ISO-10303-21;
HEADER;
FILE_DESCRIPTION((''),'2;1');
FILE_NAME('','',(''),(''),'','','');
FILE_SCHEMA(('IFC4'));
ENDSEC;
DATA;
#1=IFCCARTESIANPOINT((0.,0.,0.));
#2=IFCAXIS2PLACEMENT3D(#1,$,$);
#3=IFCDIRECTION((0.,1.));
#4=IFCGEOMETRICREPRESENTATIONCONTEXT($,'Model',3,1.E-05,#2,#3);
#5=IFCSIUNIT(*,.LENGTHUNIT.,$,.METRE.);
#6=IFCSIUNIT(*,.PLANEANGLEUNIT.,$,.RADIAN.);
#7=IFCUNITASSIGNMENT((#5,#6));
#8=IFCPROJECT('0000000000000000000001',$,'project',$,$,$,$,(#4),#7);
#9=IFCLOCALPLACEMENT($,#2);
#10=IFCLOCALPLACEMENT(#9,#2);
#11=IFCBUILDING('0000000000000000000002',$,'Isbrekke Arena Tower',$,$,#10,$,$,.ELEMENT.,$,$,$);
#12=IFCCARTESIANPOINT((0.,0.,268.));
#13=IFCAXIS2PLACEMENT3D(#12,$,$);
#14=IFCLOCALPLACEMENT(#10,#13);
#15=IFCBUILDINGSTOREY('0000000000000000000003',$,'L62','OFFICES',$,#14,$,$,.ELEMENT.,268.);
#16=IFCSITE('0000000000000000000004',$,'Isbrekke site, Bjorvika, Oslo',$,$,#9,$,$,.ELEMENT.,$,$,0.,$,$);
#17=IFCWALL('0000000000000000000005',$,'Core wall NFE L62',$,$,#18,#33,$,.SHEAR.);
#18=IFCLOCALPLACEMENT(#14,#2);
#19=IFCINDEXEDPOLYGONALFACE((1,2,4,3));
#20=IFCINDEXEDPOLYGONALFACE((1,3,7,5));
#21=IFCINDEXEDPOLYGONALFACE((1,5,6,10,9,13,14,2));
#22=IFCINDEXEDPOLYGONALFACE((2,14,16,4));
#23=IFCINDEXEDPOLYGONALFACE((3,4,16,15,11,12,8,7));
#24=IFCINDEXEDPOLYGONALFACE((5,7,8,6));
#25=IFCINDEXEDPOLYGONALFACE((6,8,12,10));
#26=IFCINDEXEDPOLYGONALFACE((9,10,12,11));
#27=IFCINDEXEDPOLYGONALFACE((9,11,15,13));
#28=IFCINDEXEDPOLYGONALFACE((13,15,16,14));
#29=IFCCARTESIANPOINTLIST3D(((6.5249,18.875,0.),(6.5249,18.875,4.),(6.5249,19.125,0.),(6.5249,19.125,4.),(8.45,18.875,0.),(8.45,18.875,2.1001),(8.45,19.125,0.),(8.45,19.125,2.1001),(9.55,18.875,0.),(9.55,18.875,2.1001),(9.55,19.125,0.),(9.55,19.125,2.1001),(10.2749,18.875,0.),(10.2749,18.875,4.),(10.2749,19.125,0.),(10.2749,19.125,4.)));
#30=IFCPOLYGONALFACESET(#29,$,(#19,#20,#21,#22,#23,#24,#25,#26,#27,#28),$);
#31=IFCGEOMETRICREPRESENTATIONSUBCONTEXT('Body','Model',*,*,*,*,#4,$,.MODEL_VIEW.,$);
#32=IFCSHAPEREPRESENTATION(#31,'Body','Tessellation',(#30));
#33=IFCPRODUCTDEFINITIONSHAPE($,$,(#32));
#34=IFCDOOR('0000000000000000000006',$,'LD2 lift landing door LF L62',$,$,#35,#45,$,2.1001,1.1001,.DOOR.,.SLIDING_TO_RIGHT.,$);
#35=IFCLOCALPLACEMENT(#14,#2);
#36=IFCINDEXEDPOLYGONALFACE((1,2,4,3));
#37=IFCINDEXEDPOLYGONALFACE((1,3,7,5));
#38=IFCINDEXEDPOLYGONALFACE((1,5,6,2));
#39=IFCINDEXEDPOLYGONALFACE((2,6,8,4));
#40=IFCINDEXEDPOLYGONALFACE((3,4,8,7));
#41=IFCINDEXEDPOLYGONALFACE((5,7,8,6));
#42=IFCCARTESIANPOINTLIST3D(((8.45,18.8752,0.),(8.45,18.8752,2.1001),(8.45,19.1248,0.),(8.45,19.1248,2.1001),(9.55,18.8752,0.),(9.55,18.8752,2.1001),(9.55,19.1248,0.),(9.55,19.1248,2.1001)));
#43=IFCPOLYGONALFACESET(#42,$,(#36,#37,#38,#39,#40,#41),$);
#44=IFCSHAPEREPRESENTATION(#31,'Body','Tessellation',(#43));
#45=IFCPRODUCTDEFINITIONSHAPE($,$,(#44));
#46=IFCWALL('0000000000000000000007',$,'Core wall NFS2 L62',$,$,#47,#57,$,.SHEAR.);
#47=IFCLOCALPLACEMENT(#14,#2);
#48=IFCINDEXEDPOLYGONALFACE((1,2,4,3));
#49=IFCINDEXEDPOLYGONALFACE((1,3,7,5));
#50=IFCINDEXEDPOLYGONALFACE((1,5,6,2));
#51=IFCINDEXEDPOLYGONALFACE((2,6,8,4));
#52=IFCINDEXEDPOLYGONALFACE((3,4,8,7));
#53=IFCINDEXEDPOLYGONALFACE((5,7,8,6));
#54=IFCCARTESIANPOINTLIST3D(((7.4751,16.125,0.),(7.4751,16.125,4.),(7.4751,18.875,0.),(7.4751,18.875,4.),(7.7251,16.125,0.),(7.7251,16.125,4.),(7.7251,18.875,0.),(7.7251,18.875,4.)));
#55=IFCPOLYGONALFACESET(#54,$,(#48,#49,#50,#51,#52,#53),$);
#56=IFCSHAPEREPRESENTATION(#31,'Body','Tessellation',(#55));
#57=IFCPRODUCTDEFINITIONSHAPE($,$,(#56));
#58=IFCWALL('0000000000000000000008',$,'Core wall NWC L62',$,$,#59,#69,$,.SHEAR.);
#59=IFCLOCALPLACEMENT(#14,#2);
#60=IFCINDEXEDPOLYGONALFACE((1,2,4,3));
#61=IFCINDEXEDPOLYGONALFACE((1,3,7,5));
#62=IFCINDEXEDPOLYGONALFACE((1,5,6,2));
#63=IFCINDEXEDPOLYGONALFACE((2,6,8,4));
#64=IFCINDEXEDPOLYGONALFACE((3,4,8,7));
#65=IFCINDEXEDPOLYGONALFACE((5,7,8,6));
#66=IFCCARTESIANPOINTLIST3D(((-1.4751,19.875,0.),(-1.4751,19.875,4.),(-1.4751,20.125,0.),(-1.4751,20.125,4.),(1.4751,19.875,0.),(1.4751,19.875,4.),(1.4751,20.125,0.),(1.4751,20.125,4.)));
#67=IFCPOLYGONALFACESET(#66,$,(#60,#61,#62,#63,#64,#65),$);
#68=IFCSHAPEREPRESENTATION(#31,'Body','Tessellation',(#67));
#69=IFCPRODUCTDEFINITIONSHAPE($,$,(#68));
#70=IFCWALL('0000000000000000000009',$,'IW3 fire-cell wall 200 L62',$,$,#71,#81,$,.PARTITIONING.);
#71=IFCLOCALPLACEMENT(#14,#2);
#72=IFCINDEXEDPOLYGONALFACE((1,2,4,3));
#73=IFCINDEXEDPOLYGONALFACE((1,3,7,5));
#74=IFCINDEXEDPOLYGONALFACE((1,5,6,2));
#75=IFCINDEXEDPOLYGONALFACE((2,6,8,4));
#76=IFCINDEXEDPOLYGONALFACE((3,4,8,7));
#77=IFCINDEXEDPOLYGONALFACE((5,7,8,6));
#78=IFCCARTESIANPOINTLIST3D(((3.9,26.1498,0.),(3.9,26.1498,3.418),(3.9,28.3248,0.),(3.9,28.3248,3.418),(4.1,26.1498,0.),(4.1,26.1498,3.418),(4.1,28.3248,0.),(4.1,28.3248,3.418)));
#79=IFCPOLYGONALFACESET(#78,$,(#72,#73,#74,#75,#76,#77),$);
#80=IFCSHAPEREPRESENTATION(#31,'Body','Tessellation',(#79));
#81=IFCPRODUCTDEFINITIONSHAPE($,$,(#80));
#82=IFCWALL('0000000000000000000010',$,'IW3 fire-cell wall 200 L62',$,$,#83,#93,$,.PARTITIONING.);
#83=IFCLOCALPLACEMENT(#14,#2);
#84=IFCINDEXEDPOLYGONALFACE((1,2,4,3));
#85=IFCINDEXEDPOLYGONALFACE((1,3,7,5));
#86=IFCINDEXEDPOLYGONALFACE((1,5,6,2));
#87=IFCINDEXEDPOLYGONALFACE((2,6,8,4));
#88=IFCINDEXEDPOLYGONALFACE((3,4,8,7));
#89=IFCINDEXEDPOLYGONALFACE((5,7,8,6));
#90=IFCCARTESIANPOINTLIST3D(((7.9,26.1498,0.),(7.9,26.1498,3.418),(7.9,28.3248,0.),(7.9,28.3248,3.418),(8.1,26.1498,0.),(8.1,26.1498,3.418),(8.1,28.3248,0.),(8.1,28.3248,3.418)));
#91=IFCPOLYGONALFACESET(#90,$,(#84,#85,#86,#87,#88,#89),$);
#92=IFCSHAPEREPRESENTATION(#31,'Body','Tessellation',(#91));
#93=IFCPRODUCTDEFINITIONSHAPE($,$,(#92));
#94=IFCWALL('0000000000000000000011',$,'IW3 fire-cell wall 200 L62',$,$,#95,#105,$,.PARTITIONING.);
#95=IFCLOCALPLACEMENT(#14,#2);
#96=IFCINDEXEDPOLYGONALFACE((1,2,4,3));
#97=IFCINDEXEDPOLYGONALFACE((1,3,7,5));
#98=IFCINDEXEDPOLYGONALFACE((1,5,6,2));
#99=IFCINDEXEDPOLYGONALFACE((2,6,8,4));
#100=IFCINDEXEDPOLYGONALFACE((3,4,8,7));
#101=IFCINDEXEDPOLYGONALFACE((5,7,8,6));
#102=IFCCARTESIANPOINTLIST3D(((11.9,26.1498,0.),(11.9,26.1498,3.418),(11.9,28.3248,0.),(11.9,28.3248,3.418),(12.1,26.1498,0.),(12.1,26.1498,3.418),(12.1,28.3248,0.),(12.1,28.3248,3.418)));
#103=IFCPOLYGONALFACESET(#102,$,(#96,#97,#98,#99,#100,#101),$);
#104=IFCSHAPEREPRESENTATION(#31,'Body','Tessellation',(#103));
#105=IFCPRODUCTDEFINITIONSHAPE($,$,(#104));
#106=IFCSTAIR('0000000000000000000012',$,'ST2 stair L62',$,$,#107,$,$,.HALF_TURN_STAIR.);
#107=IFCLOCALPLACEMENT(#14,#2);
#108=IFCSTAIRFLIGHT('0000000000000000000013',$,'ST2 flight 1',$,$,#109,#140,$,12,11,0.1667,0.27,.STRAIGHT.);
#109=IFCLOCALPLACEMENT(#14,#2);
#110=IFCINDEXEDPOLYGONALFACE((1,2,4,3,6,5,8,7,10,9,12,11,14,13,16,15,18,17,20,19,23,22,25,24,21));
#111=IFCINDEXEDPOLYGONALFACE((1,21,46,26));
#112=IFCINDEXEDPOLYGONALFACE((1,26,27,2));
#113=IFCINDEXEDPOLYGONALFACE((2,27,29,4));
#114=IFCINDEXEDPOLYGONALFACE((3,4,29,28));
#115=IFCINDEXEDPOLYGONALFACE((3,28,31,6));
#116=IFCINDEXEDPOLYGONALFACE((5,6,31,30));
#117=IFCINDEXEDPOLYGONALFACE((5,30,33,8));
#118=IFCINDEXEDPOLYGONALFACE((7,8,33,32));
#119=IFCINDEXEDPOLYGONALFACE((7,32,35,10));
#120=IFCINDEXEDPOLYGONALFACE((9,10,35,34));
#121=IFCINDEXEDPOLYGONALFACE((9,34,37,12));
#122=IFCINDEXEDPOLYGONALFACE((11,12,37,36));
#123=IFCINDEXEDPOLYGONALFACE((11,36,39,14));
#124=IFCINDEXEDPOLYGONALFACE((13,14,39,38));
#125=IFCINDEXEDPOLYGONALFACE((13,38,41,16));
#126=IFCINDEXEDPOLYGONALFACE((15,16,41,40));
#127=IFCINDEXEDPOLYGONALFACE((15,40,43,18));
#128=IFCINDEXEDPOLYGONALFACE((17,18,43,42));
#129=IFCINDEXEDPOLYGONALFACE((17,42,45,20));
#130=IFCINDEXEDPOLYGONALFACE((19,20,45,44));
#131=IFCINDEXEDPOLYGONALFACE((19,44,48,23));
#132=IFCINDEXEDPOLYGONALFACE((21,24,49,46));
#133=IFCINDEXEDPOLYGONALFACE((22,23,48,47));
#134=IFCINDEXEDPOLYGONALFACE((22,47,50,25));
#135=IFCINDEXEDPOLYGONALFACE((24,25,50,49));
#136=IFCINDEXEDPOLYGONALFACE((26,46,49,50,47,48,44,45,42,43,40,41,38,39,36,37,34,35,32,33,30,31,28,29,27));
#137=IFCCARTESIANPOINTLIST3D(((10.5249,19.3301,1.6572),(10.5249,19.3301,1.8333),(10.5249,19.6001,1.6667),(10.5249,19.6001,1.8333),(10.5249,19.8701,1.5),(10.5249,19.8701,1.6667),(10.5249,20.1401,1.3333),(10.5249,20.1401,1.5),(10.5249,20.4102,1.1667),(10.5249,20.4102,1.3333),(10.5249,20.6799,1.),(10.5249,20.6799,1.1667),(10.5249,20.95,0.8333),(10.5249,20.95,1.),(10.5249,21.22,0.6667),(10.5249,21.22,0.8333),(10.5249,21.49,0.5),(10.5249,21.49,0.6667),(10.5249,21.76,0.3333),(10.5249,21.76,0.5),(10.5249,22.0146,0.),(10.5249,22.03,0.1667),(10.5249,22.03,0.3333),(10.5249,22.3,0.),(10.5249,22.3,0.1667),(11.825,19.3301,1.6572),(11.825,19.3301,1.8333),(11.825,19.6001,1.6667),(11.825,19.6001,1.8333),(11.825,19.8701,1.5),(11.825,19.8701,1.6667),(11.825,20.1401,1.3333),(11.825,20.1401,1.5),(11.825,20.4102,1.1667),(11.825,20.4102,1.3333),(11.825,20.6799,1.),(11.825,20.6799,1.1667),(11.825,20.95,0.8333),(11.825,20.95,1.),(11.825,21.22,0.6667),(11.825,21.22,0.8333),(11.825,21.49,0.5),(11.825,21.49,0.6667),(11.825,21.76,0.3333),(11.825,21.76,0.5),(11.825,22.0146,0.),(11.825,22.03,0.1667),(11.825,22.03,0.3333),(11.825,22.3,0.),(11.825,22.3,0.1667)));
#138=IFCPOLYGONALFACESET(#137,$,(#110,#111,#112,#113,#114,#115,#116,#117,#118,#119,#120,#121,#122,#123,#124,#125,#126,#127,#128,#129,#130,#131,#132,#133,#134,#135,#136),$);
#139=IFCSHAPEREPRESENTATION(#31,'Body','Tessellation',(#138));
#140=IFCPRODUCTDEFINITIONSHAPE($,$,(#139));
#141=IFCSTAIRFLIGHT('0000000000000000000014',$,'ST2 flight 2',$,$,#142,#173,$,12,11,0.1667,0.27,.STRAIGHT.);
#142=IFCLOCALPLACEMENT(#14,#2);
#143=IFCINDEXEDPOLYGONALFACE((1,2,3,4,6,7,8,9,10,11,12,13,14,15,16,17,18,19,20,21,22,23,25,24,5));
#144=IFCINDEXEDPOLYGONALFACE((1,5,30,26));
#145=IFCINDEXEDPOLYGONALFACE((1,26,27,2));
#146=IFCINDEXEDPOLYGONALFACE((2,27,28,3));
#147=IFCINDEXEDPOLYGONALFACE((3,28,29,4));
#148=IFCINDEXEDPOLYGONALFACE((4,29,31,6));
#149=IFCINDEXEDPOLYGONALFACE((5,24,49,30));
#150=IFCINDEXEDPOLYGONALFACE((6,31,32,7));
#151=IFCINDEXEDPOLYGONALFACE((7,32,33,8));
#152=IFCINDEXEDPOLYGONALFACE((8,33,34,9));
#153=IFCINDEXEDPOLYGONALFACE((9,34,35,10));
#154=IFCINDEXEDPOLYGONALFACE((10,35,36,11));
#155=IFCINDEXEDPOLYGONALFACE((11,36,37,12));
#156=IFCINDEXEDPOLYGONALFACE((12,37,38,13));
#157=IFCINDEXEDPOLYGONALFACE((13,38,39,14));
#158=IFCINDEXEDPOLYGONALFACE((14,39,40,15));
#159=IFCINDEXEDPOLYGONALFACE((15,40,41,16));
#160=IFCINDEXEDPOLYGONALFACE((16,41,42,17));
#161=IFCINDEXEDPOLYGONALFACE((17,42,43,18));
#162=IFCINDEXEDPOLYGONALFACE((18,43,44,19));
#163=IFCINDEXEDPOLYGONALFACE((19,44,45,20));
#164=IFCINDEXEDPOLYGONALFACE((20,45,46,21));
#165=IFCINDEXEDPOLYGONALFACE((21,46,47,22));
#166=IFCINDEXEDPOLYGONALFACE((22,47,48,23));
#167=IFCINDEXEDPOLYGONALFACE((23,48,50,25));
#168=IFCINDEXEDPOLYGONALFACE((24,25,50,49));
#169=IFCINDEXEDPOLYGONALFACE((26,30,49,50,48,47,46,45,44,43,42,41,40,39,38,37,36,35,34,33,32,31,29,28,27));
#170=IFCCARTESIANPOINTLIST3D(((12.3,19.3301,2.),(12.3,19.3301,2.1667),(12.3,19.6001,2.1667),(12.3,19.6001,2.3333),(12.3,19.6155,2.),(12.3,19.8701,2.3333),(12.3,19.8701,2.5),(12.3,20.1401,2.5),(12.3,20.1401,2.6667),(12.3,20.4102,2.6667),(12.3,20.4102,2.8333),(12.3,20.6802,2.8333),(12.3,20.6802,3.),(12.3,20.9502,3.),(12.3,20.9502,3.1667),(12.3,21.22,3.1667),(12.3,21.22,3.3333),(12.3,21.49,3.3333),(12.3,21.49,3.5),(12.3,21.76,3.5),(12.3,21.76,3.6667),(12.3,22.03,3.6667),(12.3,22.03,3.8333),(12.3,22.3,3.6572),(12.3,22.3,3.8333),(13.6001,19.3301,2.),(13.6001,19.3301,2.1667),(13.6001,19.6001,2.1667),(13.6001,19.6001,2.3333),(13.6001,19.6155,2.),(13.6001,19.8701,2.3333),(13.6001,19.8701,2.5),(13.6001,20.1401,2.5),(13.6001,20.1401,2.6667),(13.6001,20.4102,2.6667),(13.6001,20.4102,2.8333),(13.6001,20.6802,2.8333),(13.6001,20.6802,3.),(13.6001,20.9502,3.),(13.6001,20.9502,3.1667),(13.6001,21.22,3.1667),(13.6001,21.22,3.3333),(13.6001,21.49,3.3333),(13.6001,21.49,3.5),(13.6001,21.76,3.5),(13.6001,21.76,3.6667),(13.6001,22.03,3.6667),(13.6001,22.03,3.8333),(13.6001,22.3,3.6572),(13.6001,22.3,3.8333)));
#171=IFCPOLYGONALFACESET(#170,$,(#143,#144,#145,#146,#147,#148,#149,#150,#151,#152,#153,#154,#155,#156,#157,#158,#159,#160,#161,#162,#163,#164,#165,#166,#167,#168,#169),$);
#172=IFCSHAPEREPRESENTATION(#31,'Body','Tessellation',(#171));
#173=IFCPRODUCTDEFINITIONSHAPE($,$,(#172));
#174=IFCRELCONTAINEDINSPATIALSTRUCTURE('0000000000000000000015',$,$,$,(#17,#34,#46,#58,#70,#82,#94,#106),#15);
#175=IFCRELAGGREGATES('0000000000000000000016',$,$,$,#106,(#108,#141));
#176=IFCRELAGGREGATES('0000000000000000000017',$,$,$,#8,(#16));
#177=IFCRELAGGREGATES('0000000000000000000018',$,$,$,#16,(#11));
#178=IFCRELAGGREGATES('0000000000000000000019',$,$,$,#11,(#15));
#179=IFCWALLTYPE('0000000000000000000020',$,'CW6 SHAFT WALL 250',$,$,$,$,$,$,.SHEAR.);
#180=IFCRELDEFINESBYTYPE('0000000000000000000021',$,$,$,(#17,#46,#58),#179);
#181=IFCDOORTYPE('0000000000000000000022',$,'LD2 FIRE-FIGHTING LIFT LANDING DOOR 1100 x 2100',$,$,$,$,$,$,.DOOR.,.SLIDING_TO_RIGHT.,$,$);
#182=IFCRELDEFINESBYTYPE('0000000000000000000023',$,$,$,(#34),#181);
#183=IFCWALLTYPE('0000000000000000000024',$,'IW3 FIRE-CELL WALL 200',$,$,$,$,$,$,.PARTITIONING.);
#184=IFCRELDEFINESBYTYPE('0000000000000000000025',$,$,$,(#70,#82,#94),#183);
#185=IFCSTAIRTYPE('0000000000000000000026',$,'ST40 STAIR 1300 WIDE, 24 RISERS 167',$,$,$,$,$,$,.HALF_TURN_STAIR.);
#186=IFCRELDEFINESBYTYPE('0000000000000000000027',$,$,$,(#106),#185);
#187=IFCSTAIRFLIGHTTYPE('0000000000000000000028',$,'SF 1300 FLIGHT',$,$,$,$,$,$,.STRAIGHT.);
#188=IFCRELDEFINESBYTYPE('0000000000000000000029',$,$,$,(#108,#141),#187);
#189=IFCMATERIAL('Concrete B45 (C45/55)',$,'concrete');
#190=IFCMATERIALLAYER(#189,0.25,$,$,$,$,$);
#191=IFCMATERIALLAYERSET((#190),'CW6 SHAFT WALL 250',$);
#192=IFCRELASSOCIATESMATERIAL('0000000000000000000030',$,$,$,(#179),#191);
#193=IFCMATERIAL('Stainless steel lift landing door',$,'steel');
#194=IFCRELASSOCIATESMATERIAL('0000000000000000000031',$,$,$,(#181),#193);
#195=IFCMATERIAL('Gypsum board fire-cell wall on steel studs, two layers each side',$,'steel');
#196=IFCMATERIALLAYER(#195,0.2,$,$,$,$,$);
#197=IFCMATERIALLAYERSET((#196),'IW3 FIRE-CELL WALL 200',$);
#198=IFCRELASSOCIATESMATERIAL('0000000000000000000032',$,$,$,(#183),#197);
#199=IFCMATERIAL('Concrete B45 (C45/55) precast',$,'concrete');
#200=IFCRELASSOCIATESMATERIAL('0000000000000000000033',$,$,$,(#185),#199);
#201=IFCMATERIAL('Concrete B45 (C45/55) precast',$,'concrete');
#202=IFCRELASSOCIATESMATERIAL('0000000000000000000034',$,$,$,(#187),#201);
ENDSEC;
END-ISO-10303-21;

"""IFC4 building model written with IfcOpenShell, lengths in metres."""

from ifc_helpers import new_model, si_unit, direction, frame, frame_2d, origin, place, context, subcontext, project, spatial, polyline, rectangle, outline, extrude, material, layer, layer_set, type_object, element, fill, aggregate, save


model = new_model("IFC4")

# Units and contexts
model_context = context("Model", 3, precision=1e-05, world=origin(), true_north=direction((0.0, 1.0)))
body_context = subcontext(model_context, "Body", "Model", "MODEL_VIEW")
ifc_project = project(units=[si_unit("LENGTHUNIT", "METRE"), si_unit("PLANEANGLEUNIT", "RADIAN")], contexts=[model_context])

# Site, building, storey
site_placement = place(None, origin())
site = spatial("IfcSite", under=ifc_project, at=site_placement, Name="Isbrekke site, Bjorvika, Oslo", CompositionType="ELEMENT", RefElevation=0.0)
building_placement = place(site_placement, origin())
building = spatial("IfcBuilding", under=site, at=building_placement, Name="Isbrekke Arena Tower", CompositionType="ELEMENT")
storey_placement = place(building_placement, frame((0.0, 0.0, 268.0)))
storey = spatial("IfcBuildingStorey", under=building, at=storey_placement, Name="L62", Description="OFFICES", CompositionType="ELEMENT", Elevation=268.0)

# Shared definitions
ifc_material_1 = material(Name="Concrete B45 (C45/55)", Category="concrete")
ifc_layer_1 = layer(ifc_material_1, 0.25)
ifc_layer_set_1 = layer_set([ifc_layer_1], Name="CW6 SHAFT WALL 250")
wall_type_1 = type_object("IfcWallType", Name="CW6 SHAFT WALL 250", PredefinedType="SHEAR", material=ifc_layer_set_1)

# Wall, opening, door
wall_1_placement = place(storey_placement, frame((6.5249, 19.0, 0.0), z_axis=(0.0, 0.0, 1.0), x_axis=(1.0, 0.0, 0.0)))
wall_1 = element("IfcWall", 1, at=wall_1_placement, inside=storey, type_object=wall_type_1, Name="Core wall NFE L62", PredefinedType="SHEAR", context=body_context, shape_type="SweptSolid", body=[
    extrude(rectangle(XDim=3.75, YDim=0.25, at=frame_2d((1.875, 0.0))), origin(), (0.0, 0.0, 1.0), 4.0),
])
opening_1_placement = place(wall_1_placement, frame((1.925, 0.0, 0.0)))
opening_1 = element("IfcOpeningElement", 2, at=opening_1_placement, cuts=wall_1, PredefinedType="OPENING", context=body_context, shape_type="SweptSolid", body=[
    extrude(rectangle(XDim=1.1001, YDim=2.1001, at=frame_2d((0.55, 1.05))), frame((0.0, 0.1399, 0.0), z_axis=(0.0, -1.0, 0.0), x_axis=(1.0, 0.0, 0.0)), (0.0, 0.0, 1.0), 0.2798),
])
ifc_material_2 = material(Name="Stainless steel lift landing door", Category="steel")
door_type_1 = type_object("IfcDoorType", Name="LD2 FIRE-FIGHTING LIFT LANDING DOOR 1100 x 2100", OperationType="SLIDING_TO_RIGHT", PredefinedType="DOOR", material=ifc_material_2)
door_1_placement = place(opening_1_placement, origin())
door_1 = element("IfcDoor", 3, at=door_1_placement, inside=storey, type_object=door_type_1, Name="LD2 lift landing door LF L62", OperationType="SLIDING_TO_RIGHT", OverallHeight=2.1001, OverallWidth=1.1001, PredefinedType="DOOR", context=body_context, shape_type="SweptSolid", body=[
    extrude(rectangle(XDim=1.1001, YDim=2.1001, at=frame_2d((0.55, 1.05))), frame((0.0, 0.1248, 0.0), z_axis=(0.0, -1.0, 0.0), x_axis=(1.0, 0.0, 0.0)), (0.0, 0.0, 1.0), 0.2495),
])
fill(opening_1, door_1)

# Walls
wall_2_placement = place(storey_placement, frame((7.6001, 16.125, 0.0), z_axis=(0.0, 0.0, 1.0), x_axis=(0.0, 1.0, 0.0)))
element("IfcWall", 4, at=wall_2_placement, inside=storey, type_object=wall_type_1, Name="Core wall NFS2 L62", PredefinedType="SHEAR", context=body_context, shape_type="SweptSolid", body=[
    extrude(rectangle(XDim=2.75, YDim=0.25, at=frame_2d((1.375, 0.0))), origin(), (0.0, 0.0, 1.0), 4.0),
])
wall_3_placement = place(storey_placement, frame((-1.4751, 20.0, 0.0), z_axis=(0.0, 0.0, 1.0), x_axis=(1.0, 0.0, 0.0)))
element("IfcWall", 5, at=wall_3_placement, inside=storey, type_object=wall_type_1, Name="Core wall NWC L62", PredefinedType="SHEAR", context=body_context, shape_type="SweptSolid", body=[
    extrude(rectangle(XDim=2.9502, YDim=0.25, at=frame_2d((1.4751, 0.0))), origin(), (0.0, 0.0, 1.0), 4.0),
])
ifc_material_3 = material(Name="Gypsum board fire-cell wall on steel studs, two layers each side", Category="steel")
ifc_layer_2 = layer(ifc_material_3, 0.2)
ifc_layer_set_2 = layer_set([ifc_layer_2], Name="IW3 FIRE-CELL WALL 200")
wall_type_2 = type_object("IfcWallType", Name="IW3 FIRE-CELL WALL 200", PredefinedType="PARTITIONING", material=ifc_layer_set_2)
for number, where, z_axis, x_axis, name in (
    (6, (4.0, 26.1499, 0.0), (0.0, 0.0, 1.0), (0.0, 1.0, 0.0), "IW3 fire-cell wall 200 L62"),
    (7, (8.0, 26.1499, 0.0), (0.0, 0.0, 1.0), (0.0, 1.0, 0.0), "IW3 fire-cell wall 200 L62"),
    (8, (12.0, 26.1499, 0.0), (0.0, 0.0, 1.0), (0.0, 1.0, 0.0), "IW3 fire-cell wall 200 L62"),
):
    element("IfcWall", number, at=place(storey_placement, frame(where, z_axis=z_axis, x_axis=x_axis)), inside=storey, type_object=wall_type_2, Name=name, PredefinedType="PARTITIONING", context=body_context, shape_type="SweptSolid", body=[
        extrude(rectangle(XDim=2.175, YDim=0.2, at=frame_2d((1.0874, 0.0))), origin(), (0.0, 0.0, 1.0), 3.418),
    ])

# Stair, stair flights
ifc_material_4 = material(Name="Concrete B45 (C45/55) precast", Category="concrete")
stair_type = type_object("IfcStairType", Name="ST40 STAIR 1300 WIDE, 24 RISERS 167", PredefinedType="HALF_TURN_STAIR", material=ifc_material_4)
stair_placement = place(storey_placement, origin())
stair = element("IfcStair", 9, at=stair_placement, inside=storey, type_object=stair_type, Name="ST2 stair L62", PredefinedType="HALF_TURN_STAIR")
ifc_material_5 = material(Name="Concrete B45 (C45/55) precast", Category="concrete")
stair_flight_type = type_object("IfcStairFlightType", Name="SF 1300 FLIGHT", PredefinedType="STRAIGHT", material=ifc_material_5)
stair_flight_1_placement = place(storey_placement, frame((11.175, 22.3, 0.0), z_axis=(0.0, 0.0, 1.0), x_axis=(0.0, -1.0, 0.0)))
stair_flight_1 = element("IfcStairFlight", 10, at=stair_flight_1_placement, type_object=stair_flight_type, Name="ST2 flight 1", NumberOfRisers=12, NumberOfTreads=11, PredefinedType="STRAIGHT", RiserHeight=0.1667, TreadLength=0.27, context=body_context, shape_type="SweptSolid", body=[
    extrude(outline(polyline([(0.0, 0.0), (0.0, 0.1667), (0.27, 0.1667), (0.27, 0.3333), (0.54, 0.3333), (0.54, 0.5), (0.8101, 0.5), (0.8101, 0.6667), (1.0801, 0.6667), (1.0801, 0.8333), (1.3501, 0.8333), (1.3501, 1.0), (1.6201, 1.0), (1.6201, 1.1667), (1.8899, 1.1667), (1.8899, 1.3333), (2.1599, 1.3333), (2.1599, 1.5), (2.4299, 1.5), (2.4299, 1.6667), (2.7, 1.6667), (2.7, 1.8333), (2.97, 1.8333), (2.97, 2.0), (2.97, 1.6572), (0.2854, 0.0), (0.0, 0.0)])), frame((0.0, 0.6499, 0.0), z_axis=(0.0, -1.0, 0.0), x_axis=(1.0, 0.0, 0.0)), (0.0, 0.0, 1.0), 1.3),
])
stair_flight_2_placement = place(storey_placement, frame((12.95, 19.3301, 2.0), z_axis=(0.0, 0.0, 1.0), x_axis=(0.0, 1.0, 0.0)))
stair_flight_2 = element("IfcStairFlight", 11, at=stair_flight_2_placement, type_object=stair_flight_type, Name="ST2 flight 2", NumberOfRisers=12, NumberOfTreads=11, PredefinedType="STRAIGHT", RiserHeight=0.1667, TreadLength=0.27, context=body_context, shape_type="SweptSolid", body=[
    extrude(outline(polyline([(0.0, 0.0), (0.0, 0.1667), (0.27, 0.1667), (0.27, 0.3333), (0.54, 0.3333), (0.54, 0.5), (0.8101, 0.5), (0.8101, 0.6667), (1.0801, 0.6667), (1.0801, 0.8333), (1.3501, 0.8333), (1.3501, 1.0), (1.6201, 1.0), (1.6201, 1.1667), (1.8899, 1.1667), (1.8899, 1.3333), (2.1599, 1.3333), (2.1599, 1.5), (2.4299, 1.5), (2.4299, 1.6667), (2.7, 1.6667), (2.7, 1.8333), (2.97, 1.8333), (2.97, 2.0), (2.97, 1.6572), (0.2854, 0.0), (0.0, 0.0)])), frame((0.0, 0.6499, 0.0), z_axis=(0.0, -1.0, 0.0), x_axis=(1.0, 0.0, 0.0)), (0.0, 0.0, 1.0), 1.3),
])
aggregate(stair, [stair_flight_1, stair_flight_2])

save(model, "model.ifc")
